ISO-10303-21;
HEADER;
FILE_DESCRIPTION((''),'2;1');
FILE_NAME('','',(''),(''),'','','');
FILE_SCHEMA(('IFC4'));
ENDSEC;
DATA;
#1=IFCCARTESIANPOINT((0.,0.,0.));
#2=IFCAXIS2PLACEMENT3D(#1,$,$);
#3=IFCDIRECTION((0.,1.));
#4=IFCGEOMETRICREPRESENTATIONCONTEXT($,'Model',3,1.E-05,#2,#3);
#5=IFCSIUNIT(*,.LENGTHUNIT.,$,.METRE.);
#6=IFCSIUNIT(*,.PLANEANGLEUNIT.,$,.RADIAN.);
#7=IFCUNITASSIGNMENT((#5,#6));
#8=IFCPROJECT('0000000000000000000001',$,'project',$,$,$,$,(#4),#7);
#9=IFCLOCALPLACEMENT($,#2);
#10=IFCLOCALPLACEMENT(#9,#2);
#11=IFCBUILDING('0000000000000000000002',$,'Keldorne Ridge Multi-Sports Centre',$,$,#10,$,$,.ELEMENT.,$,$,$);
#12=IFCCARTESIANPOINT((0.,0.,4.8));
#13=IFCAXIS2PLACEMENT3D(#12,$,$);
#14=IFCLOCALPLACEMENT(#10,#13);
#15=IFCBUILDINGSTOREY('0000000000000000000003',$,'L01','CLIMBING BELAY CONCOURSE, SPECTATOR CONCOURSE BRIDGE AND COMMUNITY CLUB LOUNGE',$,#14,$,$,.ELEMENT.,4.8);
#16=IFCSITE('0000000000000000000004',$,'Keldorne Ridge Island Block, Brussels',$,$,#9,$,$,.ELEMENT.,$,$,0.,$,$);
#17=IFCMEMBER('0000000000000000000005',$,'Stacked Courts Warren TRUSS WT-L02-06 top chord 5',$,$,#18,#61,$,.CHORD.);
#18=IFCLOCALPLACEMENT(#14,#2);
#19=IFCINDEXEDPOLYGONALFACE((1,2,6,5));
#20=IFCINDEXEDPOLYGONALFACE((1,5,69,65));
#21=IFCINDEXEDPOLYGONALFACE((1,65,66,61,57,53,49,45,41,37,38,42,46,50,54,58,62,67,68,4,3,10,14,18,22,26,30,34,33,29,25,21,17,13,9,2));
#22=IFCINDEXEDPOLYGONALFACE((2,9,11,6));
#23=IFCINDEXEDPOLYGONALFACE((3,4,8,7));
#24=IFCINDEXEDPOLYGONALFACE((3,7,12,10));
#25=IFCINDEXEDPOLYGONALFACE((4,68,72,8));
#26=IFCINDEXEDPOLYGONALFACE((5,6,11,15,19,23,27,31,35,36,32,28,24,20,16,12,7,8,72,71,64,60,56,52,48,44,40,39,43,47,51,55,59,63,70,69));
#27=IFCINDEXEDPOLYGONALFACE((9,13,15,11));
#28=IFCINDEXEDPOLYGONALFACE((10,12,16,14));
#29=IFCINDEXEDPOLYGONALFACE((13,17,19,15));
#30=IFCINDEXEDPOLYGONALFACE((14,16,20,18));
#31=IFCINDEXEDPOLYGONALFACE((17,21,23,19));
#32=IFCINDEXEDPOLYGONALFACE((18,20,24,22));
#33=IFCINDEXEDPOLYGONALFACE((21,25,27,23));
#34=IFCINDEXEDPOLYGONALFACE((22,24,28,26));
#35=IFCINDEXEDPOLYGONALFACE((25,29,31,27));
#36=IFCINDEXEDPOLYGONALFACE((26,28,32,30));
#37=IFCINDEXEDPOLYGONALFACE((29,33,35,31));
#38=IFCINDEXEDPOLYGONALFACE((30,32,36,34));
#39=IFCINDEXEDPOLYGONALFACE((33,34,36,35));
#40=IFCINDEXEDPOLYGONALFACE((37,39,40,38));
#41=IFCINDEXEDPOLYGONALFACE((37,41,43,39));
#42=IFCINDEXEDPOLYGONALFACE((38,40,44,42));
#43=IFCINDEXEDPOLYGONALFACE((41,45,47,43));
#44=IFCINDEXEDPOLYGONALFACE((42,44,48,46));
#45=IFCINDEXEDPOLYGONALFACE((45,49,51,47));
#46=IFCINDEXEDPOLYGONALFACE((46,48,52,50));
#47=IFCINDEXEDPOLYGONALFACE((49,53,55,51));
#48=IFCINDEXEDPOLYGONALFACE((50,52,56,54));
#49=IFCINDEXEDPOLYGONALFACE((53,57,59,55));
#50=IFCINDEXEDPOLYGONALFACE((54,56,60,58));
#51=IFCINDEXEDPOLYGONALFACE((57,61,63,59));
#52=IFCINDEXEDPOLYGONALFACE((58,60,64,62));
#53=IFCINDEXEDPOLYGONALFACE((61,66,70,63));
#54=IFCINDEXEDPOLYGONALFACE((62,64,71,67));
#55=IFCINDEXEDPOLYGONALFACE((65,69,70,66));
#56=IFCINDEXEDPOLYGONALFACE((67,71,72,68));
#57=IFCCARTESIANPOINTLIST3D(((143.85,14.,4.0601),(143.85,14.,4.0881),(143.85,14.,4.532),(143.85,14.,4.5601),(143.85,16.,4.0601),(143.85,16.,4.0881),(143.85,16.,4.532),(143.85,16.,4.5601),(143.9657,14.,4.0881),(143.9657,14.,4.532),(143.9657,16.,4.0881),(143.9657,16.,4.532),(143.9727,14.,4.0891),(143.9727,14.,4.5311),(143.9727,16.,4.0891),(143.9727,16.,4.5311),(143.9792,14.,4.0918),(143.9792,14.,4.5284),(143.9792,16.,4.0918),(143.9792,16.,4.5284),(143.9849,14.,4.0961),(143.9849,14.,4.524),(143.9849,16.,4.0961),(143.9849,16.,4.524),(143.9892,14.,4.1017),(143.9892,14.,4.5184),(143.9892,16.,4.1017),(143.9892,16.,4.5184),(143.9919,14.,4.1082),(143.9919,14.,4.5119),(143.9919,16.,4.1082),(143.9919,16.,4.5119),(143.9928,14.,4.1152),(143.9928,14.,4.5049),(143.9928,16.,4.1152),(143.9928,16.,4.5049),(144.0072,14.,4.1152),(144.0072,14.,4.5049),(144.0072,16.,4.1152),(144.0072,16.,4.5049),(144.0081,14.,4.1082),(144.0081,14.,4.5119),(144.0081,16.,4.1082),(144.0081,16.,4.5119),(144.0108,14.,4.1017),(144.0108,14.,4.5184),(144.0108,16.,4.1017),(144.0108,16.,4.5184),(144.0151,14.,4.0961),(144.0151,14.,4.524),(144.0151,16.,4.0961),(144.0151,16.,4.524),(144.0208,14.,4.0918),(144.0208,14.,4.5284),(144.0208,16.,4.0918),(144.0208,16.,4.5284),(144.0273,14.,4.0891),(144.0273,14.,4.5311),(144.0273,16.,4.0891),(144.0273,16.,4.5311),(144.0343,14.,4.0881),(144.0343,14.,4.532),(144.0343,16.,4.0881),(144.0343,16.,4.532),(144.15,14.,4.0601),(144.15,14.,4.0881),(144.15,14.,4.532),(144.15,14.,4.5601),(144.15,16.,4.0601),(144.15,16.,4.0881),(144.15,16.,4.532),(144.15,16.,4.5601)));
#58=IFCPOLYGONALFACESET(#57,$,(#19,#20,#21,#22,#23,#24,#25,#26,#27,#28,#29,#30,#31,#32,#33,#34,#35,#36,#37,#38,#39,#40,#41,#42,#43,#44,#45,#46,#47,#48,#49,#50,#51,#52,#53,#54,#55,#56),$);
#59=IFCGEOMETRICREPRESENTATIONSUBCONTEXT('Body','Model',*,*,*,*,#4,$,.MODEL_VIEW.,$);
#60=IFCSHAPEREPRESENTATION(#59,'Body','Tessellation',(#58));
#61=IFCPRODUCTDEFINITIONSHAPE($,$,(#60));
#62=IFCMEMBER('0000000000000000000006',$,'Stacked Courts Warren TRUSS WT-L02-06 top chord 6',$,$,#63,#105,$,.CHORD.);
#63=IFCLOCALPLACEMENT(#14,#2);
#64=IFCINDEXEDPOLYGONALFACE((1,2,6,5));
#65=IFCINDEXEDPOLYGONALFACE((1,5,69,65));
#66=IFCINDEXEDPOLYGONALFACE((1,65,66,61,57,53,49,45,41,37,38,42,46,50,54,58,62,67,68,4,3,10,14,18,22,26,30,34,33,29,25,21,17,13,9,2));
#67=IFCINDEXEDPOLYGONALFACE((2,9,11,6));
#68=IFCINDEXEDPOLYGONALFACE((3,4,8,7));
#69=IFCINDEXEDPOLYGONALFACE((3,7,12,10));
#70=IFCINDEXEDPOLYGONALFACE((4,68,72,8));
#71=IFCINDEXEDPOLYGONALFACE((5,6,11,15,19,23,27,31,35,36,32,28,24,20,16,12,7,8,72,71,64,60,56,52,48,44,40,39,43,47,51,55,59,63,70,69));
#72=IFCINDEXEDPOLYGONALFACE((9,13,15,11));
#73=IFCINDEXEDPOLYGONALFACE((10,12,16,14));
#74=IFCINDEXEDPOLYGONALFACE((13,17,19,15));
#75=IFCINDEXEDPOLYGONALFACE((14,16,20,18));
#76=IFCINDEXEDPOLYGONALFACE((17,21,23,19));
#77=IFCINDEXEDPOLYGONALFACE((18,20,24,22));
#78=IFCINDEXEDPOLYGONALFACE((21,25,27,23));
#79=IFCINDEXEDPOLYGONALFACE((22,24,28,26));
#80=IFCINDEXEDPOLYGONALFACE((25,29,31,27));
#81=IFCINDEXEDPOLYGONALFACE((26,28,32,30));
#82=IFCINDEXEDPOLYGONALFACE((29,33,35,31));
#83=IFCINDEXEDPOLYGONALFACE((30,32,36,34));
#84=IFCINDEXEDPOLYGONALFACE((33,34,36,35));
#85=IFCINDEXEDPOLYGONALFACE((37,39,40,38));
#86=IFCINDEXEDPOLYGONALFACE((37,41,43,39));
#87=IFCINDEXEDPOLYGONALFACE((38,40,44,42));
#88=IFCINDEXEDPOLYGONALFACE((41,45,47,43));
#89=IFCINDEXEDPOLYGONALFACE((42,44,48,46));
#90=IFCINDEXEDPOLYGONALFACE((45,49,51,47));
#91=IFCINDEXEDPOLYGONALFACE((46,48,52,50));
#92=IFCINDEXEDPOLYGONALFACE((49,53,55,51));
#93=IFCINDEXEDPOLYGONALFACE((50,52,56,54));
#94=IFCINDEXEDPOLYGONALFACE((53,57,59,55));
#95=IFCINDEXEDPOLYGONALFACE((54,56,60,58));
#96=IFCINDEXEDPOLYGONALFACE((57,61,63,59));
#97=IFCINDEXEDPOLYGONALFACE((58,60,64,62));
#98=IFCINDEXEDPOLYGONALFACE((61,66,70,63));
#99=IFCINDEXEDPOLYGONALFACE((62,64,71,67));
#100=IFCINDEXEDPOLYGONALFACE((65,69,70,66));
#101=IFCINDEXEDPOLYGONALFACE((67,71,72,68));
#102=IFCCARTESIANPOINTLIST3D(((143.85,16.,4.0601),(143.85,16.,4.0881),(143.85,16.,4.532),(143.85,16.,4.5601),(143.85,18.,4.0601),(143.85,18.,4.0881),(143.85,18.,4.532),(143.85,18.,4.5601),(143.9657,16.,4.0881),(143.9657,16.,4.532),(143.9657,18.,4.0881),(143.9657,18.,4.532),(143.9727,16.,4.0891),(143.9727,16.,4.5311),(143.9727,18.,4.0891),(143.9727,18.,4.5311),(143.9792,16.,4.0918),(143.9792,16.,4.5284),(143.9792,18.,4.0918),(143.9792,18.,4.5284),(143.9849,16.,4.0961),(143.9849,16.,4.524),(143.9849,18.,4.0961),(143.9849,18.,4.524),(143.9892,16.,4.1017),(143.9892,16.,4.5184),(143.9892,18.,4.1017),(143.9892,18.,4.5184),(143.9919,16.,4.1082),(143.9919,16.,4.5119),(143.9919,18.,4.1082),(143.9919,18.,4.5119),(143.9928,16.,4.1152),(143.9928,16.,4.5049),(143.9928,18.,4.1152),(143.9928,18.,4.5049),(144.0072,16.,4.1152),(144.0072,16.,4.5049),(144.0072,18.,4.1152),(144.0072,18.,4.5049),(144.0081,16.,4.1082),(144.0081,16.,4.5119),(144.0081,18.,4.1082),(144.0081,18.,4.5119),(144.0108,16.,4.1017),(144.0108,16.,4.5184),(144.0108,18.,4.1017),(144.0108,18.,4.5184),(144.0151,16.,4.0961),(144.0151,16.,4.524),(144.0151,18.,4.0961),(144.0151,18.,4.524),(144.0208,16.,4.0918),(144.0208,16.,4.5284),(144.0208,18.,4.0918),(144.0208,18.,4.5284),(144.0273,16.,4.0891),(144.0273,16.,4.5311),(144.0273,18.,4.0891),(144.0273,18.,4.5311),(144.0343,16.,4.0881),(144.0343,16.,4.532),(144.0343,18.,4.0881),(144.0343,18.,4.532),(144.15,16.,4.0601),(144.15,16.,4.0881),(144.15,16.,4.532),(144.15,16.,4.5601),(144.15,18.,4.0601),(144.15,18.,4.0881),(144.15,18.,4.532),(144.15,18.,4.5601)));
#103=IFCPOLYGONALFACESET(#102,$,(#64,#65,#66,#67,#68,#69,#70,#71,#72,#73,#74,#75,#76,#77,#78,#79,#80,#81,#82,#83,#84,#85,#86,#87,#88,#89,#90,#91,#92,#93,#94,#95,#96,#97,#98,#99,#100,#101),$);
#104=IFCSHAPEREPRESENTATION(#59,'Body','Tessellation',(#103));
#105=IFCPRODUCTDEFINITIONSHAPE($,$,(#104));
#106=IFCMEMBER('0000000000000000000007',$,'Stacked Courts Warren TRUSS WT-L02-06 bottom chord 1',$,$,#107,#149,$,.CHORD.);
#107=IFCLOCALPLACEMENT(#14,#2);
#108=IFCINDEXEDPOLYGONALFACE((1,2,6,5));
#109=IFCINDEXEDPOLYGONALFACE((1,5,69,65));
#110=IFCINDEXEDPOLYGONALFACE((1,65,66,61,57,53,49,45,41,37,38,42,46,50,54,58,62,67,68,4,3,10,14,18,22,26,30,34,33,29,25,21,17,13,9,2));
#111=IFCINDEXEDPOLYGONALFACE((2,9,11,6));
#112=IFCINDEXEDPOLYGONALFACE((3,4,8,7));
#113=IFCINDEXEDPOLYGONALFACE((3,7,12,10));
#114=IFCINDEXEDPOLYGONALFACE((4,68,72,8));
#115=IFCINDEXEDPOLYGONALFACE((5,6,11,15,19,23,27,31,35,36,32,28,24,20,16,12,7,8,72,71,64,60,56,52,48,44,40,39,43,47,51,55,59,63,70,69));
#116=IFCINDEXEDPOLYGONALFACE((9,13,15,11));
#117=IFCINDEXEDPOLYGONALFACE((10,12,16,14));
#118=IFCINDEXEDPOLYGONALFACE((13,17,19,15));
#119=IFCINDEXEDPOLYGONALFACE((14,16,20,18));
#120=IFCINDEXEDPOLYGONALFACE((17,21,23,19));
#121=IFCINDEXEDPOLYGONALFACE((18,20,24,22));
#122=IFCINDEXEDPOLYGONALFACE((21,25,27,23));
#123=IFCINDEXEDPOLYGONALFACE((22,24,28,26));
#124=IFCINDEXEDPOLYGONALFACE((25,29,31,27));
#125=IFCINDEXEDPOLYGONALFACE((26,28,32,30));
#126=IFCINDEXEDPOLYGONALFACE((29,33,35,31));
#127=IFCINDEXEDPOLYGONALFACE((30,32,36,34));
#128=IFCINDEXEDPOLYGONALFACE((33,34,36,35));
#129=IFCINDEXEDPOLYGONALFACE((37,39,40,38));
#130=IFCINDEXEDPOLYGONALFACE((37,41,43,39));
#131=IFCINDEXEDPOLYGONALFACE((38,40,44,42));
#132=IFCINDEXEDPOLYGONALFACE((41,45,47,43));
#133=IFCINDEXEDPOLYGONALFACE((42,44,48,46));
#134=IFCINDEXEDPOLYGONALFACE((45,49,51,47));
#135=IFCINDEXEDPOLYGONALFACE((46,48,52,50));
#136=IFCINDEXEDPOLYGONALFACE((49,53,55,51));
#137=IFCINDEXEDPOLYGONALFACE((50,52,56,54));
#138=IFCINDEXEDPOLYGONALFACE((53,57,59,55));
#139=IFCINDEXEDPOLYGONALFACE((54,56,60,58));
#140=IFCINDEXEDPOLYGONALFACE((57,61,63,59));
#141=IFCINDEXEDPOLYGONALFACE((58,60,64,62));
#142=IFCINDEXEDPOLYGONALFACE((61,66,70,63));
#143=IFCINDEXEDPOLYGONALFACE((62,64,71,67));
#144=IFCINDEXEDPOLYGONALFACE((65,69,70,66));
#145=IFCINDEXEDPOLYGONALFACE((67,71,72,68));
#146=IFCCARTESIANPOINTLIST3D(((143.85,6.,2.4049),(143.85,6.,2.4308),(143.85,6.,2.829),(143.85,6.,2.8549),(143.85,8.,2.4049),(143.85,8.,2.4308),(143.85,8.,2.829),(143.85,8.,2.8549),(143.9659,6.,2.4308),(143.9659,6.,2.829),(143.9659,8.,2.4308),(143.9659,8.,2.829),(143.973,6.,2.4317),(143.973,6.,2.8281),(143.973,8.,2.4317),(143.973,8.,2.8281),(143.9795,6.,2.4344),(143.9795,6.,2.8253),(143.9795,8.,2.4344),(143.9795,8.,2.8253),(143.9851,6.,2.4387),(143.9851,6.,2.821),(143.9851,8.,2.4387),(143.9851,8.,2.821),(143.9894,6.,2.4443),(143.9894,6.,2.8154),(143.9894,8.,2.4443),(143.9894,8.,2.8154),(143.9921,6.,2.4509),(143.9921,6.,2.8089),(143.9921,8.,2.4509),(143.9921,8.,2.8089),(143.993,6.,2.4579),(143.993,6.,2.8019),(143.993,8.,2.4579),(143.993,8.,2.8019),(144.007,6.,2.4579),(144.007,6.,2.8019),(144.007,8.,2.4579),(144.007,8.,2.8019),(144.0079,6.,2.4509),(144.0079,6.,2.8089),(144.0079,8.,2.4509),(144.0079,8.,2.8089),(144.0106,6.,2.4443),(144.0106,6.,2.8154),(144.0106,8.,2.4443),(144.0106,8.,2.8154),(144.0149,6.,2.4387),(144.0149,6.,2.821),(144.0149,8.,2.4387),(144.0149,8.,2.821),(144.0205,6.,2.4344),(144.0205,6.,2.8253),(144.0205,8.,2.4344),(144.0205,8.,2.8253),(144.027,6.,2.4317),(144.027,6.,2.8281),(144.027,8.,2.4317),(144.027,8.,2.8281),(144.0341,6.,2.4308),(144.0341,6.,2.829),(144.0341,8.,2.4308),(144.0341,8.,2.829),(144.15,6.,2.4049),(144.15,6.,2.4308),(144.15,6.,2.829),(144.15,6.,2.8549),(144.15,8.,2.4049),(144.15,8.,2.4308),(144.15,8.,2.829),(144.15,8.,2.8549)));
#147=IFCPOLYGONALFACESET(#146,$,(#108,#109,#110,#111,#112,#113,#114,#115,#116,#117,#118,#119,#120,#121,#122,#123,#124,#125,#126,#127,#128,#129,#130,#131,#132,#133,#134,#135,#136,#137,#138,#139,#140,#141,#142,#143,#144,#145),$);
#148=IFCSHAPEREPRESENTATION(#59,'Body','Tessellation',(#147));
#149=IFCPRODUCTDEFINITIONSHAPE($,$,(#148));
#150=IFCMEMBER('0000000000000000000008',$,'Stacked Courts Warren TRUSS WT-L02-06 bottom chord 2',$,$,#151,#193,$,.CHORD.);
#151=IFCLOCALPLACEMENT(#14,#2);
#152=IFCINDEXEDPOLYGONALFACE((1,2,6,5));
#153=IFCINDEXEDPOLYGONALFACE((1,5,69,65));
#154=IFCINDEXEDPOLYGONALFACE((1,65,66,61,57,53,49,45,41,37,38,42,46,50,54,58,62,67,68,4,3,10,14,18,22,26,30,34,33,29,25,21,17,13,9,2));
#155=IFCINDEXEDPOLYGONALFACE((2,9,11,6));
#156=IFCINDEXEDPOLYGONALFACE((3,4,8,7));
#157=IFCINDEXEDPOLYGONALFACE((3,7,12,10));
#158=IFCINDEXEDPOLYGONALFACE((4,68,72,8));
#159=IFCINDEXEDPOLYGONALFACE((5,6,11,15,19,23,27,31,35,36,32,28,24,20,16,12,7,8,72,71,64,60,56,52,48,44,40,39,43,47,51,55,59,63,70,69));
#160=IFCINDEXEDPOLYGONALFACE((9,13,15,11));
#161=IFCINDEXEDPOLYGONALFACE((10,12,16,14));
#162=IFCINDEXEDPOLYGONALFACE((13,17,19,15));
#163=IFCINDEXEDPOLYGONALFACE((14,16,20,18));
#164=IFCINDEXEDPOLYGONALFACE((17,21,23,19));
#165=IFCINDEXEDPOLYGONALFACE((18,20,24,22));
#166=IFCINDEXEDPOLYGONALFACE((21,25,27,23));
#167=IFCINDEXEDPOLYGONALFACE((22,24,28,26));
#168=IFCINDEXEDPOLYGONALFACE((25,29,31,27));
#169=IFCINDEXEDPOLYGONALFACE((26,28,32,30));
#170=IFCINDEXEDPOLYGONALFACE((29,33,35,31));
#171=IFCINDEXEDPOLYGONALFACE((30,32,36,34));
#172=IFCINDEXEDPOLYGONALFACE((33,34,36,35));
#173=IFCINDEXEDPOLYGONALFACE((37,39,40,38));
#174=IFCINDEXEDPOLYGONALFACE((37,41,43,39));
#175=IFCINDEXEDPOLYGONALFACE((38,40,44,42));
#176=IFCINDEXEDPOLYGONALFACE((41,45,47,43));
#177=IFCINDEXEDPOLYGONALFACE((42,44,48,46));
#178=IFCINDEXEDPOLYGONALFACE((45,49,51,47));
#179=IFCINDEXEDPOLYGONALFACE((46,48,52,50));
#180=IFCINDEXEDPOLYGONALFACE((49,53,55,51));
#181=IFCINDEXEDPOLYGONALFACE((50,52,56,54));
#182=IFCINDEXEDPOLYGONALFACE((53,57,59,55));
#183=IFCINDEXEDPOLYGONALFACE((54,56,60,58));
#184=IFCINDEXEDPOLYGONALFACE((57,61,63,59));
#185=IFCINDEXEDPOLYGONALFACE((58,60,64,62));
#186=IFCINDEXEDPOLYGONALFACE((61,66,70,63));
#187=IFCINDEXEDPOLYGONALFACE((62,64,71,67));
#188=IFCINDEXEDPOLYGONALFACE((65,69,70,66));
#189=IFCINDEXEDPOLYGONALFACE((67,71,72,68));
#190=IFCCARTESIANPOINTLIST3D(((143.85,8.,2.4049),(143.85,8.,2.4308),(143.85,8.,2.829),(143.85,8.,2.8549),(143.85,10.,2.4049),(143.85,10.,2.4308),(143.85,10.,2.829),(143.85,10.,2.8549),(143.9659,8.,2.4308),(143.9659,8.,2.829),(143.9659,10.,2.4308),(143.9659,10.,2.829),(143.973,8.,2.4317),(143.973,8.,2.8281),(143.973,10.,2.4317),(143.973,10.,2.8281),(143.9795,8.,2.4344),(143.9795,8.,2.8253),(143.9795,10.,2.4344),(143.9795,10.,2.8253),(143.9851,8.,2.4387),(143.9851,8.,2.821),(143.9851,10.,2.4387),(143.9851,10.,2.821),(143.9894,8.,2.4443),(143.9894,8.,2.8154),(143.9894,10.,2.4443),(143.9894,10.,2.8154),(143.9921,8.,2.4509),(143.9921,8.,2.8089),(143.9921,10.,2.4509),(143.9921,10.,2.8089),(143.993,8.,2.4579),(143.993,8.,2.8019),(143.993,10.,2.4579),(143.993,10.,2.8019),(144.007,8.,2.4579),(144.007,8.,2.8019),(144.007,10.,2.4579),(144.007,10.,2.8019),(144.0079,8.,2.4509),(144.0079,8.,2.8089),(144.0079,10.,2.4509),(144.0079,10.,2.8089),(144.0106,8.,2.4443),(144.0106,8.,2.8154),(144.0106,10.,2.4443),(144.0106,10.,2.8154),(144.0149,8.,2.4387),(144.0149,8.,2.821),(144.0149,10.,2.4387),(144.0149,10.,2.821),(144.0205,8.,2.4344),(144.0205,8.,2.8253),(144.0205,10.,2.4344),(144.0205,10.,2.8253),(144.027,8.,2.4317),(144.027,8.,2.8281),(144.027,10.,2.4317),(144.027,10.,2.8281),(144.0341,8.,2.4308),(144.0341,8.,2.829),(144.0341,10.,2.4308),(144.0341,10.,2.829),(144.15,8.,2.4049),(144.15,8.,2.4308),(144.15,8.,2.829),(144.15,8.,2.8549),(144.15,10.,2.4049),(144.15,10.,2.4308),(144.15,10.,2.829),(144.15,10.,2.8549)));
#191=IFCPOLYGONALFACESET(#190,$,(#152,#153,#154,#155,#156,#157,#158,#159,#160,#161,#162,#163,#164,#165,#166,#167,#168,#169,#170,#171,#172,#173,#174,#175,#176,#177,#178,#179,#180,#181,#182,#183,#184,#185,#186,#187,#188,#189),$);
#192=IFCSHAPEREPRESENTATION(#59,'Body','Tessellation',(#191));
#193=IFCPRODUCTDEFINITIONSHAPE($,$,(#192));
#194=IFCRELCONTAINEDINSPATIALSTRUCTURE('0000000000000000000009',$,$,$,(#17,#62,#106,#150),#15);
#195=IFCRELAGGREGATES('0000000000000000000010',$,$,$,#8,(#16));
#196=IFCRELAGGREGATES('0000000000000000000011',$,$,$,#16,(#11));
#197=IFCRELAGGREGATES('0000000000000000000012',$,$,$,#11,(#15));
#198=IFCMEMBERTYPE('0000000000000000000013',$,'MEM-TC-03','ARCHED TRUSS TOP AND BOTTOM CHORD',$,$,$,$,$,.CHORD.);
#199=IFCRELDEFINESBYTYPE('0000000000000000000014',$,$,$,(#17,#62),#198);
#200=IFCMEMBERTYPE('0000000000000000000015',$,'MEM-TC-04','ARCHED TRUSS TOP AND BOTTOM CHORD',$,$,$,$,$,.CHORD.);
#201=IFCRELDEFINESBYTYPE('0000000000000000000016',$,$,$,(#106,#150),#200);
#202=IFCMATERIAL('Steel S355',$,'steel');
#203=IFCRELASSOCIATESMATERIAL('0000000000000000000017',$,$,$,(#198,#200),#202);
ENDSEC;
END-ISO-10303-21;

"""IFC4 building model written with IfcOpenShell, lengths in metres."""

from ifc_helpers import new_model, si_unit, direction, frame, origin, origin_2d, place, context, subcontext, project, spatial, i_section, extrude, material, material_profile, profile_set, type_object, element, save


model = new_model("IFC4")

# Units and contexts
model_context = context("Model", 3, precision=1e-05, world=origin(), true_north=direction((0.0, 1.0)))
body_context = subcontext(model_context, "Body", "Model", "MODEL_VIEW")
ifc_project = project(units=[si_unit("LENGTHUNIT", "METRE"), si_unit("PLANEANGLEUNIT", "RADIAN")], contexts=[model_context])

# Site, building, storey
site_placement = place(None, origin())
site = spatial("IfcSite", under=ifc_project, at=site_placement, Name="Keldorne Ridge Island Block, Brussels", CompositionType="ELEMENT", RefElevation=0.0)
building_placement = place(site_placement, origin())
building = spatial("IfcBuilding", under=site, at=building_placement, Name="Keldorne Ridge Multi-Sports Centre", CompositionType="ELEMENT")
storey_placement = place(building_placement, frame((0.0, 0.0, 4.8)))
storey = spatial("IfcBuildingStorey", under=building, at=storey_placement, Name="L01", Description="CLIMBING BELAY CONCOURSE, SPECTATOR CONCOURSE BRIDGE AND COMMUNITY CLUB LOUNGE", CompositionType="ELEMENT", Elevation=4.8)

# Shared definitions
ifc_material_1 = material(Name="Steel S355", Category="steel")

# Members
ifc_material_profile_1 = material_profile(ifc_material_1, i_section(OverallWidth=0.3, OverallDepth=0.5, WebThickness=0.0144, FlangeThickness=0.0281, FilletRadius=0.0271, at=origin_2d()), Name="HEB 500")
ifc_profile_set_1 = profile_set([ifc_material_profile_1], Name="Steel S355")
member_type_1 = type_object("IfcMemberType", Name="MEM-TC-03", Description="ARCHED TRUSS TOP AND BOTTOM CHORD", PredefinedType="CHORD", material=ifc_profile_set_1)
for number, where, z_axis, x_axis, name in (
    (1, (144.0, 14.0, 4.3101), (0.0, 1.0, 0.0), (-1.0, 0.0, 0.0), "Stacked Courts Warren TRUSS WT-L02-06 top chord 5"),
    (2, (144.0, 16.0, 4.3101), (0.0, 1.0, 0.0), (-1.0, 0.0, 0.0), "Stacked Courts Warren TRUSS WT-L02-06 top chord 6"),
):
    element("IfcMember", number, at=place(storey_placement, frame(where, z_axis=z_axis, x_axis=x_axis)), inside=storey, type_object=member_type_1, Name=name, PredefinedType="CHORD", context=body_context, shape_type="SweptSolid", body=[
        extrude(i_section(OverallWidth=0.3, OverallDepth=0.5, WebThickness=0.0144, FlangeThickness=0.0281, FilletRadius=0.0271, at=origin_2d()), origin(), (0.0, 0.0, 1.0), 2.0),
    ])
ifc_material_profile_2 = material_profile(ifc_material_1, i_section(OverallWidth=0.3, OverallDepth=0.45, WebThickness=0.0139, FlangeThickness=0.0259, FilletRadius=0.0271, at=origin_2d()), Name="HEB 450")
ifc_profile_set_2 = profile_set([ifc_material_profile_2], Name="Steel S355")
member_type_2 = type_object("IfcMemberType", Name="MEM-TC-04", Description="ARCHED TRUSS TOP AND BOTTOM CHORD", PredefinedType="CHORD", material=ifc_profile_set_2)
for number, where, z_axis, x_axis, name in (
    (3, (144.0, 6.0, 2.6299), (0.0, 1.0, 0.0), (-1.0, 0.0, 0.0), "Stacked Courts Warren TRUSS WT-L02-06 bottom chord 1"),
    (4, (144.0, 8.0, 2.6299), (0.0, 1.0, 0.0), (-1.0, 0.0, 0.0), "Stacked Courts Warren TRUSS WT-L02-06 bottom chord 2"),
):
    element("IfcMember", number, at=place(storey_placement, frame(where, z_axis=z_axis, x_axis=x_axis)), inside=storey, type_object=member_type_2, Name=name, PredefinedType="CHORD", context=body_context, shape_type="SweptSolid", body=[
        extrude(i_section(OverallWidth=0.3, OverallDepth=0.45, WebThickness=0.0139, FlangeThickness=0.0259, FilletRadius=0.0271, at=origin_2d()), origin(), (0.0, 0.0, 1.0), 2.0),
    ])

save(model, "model.ifc")
